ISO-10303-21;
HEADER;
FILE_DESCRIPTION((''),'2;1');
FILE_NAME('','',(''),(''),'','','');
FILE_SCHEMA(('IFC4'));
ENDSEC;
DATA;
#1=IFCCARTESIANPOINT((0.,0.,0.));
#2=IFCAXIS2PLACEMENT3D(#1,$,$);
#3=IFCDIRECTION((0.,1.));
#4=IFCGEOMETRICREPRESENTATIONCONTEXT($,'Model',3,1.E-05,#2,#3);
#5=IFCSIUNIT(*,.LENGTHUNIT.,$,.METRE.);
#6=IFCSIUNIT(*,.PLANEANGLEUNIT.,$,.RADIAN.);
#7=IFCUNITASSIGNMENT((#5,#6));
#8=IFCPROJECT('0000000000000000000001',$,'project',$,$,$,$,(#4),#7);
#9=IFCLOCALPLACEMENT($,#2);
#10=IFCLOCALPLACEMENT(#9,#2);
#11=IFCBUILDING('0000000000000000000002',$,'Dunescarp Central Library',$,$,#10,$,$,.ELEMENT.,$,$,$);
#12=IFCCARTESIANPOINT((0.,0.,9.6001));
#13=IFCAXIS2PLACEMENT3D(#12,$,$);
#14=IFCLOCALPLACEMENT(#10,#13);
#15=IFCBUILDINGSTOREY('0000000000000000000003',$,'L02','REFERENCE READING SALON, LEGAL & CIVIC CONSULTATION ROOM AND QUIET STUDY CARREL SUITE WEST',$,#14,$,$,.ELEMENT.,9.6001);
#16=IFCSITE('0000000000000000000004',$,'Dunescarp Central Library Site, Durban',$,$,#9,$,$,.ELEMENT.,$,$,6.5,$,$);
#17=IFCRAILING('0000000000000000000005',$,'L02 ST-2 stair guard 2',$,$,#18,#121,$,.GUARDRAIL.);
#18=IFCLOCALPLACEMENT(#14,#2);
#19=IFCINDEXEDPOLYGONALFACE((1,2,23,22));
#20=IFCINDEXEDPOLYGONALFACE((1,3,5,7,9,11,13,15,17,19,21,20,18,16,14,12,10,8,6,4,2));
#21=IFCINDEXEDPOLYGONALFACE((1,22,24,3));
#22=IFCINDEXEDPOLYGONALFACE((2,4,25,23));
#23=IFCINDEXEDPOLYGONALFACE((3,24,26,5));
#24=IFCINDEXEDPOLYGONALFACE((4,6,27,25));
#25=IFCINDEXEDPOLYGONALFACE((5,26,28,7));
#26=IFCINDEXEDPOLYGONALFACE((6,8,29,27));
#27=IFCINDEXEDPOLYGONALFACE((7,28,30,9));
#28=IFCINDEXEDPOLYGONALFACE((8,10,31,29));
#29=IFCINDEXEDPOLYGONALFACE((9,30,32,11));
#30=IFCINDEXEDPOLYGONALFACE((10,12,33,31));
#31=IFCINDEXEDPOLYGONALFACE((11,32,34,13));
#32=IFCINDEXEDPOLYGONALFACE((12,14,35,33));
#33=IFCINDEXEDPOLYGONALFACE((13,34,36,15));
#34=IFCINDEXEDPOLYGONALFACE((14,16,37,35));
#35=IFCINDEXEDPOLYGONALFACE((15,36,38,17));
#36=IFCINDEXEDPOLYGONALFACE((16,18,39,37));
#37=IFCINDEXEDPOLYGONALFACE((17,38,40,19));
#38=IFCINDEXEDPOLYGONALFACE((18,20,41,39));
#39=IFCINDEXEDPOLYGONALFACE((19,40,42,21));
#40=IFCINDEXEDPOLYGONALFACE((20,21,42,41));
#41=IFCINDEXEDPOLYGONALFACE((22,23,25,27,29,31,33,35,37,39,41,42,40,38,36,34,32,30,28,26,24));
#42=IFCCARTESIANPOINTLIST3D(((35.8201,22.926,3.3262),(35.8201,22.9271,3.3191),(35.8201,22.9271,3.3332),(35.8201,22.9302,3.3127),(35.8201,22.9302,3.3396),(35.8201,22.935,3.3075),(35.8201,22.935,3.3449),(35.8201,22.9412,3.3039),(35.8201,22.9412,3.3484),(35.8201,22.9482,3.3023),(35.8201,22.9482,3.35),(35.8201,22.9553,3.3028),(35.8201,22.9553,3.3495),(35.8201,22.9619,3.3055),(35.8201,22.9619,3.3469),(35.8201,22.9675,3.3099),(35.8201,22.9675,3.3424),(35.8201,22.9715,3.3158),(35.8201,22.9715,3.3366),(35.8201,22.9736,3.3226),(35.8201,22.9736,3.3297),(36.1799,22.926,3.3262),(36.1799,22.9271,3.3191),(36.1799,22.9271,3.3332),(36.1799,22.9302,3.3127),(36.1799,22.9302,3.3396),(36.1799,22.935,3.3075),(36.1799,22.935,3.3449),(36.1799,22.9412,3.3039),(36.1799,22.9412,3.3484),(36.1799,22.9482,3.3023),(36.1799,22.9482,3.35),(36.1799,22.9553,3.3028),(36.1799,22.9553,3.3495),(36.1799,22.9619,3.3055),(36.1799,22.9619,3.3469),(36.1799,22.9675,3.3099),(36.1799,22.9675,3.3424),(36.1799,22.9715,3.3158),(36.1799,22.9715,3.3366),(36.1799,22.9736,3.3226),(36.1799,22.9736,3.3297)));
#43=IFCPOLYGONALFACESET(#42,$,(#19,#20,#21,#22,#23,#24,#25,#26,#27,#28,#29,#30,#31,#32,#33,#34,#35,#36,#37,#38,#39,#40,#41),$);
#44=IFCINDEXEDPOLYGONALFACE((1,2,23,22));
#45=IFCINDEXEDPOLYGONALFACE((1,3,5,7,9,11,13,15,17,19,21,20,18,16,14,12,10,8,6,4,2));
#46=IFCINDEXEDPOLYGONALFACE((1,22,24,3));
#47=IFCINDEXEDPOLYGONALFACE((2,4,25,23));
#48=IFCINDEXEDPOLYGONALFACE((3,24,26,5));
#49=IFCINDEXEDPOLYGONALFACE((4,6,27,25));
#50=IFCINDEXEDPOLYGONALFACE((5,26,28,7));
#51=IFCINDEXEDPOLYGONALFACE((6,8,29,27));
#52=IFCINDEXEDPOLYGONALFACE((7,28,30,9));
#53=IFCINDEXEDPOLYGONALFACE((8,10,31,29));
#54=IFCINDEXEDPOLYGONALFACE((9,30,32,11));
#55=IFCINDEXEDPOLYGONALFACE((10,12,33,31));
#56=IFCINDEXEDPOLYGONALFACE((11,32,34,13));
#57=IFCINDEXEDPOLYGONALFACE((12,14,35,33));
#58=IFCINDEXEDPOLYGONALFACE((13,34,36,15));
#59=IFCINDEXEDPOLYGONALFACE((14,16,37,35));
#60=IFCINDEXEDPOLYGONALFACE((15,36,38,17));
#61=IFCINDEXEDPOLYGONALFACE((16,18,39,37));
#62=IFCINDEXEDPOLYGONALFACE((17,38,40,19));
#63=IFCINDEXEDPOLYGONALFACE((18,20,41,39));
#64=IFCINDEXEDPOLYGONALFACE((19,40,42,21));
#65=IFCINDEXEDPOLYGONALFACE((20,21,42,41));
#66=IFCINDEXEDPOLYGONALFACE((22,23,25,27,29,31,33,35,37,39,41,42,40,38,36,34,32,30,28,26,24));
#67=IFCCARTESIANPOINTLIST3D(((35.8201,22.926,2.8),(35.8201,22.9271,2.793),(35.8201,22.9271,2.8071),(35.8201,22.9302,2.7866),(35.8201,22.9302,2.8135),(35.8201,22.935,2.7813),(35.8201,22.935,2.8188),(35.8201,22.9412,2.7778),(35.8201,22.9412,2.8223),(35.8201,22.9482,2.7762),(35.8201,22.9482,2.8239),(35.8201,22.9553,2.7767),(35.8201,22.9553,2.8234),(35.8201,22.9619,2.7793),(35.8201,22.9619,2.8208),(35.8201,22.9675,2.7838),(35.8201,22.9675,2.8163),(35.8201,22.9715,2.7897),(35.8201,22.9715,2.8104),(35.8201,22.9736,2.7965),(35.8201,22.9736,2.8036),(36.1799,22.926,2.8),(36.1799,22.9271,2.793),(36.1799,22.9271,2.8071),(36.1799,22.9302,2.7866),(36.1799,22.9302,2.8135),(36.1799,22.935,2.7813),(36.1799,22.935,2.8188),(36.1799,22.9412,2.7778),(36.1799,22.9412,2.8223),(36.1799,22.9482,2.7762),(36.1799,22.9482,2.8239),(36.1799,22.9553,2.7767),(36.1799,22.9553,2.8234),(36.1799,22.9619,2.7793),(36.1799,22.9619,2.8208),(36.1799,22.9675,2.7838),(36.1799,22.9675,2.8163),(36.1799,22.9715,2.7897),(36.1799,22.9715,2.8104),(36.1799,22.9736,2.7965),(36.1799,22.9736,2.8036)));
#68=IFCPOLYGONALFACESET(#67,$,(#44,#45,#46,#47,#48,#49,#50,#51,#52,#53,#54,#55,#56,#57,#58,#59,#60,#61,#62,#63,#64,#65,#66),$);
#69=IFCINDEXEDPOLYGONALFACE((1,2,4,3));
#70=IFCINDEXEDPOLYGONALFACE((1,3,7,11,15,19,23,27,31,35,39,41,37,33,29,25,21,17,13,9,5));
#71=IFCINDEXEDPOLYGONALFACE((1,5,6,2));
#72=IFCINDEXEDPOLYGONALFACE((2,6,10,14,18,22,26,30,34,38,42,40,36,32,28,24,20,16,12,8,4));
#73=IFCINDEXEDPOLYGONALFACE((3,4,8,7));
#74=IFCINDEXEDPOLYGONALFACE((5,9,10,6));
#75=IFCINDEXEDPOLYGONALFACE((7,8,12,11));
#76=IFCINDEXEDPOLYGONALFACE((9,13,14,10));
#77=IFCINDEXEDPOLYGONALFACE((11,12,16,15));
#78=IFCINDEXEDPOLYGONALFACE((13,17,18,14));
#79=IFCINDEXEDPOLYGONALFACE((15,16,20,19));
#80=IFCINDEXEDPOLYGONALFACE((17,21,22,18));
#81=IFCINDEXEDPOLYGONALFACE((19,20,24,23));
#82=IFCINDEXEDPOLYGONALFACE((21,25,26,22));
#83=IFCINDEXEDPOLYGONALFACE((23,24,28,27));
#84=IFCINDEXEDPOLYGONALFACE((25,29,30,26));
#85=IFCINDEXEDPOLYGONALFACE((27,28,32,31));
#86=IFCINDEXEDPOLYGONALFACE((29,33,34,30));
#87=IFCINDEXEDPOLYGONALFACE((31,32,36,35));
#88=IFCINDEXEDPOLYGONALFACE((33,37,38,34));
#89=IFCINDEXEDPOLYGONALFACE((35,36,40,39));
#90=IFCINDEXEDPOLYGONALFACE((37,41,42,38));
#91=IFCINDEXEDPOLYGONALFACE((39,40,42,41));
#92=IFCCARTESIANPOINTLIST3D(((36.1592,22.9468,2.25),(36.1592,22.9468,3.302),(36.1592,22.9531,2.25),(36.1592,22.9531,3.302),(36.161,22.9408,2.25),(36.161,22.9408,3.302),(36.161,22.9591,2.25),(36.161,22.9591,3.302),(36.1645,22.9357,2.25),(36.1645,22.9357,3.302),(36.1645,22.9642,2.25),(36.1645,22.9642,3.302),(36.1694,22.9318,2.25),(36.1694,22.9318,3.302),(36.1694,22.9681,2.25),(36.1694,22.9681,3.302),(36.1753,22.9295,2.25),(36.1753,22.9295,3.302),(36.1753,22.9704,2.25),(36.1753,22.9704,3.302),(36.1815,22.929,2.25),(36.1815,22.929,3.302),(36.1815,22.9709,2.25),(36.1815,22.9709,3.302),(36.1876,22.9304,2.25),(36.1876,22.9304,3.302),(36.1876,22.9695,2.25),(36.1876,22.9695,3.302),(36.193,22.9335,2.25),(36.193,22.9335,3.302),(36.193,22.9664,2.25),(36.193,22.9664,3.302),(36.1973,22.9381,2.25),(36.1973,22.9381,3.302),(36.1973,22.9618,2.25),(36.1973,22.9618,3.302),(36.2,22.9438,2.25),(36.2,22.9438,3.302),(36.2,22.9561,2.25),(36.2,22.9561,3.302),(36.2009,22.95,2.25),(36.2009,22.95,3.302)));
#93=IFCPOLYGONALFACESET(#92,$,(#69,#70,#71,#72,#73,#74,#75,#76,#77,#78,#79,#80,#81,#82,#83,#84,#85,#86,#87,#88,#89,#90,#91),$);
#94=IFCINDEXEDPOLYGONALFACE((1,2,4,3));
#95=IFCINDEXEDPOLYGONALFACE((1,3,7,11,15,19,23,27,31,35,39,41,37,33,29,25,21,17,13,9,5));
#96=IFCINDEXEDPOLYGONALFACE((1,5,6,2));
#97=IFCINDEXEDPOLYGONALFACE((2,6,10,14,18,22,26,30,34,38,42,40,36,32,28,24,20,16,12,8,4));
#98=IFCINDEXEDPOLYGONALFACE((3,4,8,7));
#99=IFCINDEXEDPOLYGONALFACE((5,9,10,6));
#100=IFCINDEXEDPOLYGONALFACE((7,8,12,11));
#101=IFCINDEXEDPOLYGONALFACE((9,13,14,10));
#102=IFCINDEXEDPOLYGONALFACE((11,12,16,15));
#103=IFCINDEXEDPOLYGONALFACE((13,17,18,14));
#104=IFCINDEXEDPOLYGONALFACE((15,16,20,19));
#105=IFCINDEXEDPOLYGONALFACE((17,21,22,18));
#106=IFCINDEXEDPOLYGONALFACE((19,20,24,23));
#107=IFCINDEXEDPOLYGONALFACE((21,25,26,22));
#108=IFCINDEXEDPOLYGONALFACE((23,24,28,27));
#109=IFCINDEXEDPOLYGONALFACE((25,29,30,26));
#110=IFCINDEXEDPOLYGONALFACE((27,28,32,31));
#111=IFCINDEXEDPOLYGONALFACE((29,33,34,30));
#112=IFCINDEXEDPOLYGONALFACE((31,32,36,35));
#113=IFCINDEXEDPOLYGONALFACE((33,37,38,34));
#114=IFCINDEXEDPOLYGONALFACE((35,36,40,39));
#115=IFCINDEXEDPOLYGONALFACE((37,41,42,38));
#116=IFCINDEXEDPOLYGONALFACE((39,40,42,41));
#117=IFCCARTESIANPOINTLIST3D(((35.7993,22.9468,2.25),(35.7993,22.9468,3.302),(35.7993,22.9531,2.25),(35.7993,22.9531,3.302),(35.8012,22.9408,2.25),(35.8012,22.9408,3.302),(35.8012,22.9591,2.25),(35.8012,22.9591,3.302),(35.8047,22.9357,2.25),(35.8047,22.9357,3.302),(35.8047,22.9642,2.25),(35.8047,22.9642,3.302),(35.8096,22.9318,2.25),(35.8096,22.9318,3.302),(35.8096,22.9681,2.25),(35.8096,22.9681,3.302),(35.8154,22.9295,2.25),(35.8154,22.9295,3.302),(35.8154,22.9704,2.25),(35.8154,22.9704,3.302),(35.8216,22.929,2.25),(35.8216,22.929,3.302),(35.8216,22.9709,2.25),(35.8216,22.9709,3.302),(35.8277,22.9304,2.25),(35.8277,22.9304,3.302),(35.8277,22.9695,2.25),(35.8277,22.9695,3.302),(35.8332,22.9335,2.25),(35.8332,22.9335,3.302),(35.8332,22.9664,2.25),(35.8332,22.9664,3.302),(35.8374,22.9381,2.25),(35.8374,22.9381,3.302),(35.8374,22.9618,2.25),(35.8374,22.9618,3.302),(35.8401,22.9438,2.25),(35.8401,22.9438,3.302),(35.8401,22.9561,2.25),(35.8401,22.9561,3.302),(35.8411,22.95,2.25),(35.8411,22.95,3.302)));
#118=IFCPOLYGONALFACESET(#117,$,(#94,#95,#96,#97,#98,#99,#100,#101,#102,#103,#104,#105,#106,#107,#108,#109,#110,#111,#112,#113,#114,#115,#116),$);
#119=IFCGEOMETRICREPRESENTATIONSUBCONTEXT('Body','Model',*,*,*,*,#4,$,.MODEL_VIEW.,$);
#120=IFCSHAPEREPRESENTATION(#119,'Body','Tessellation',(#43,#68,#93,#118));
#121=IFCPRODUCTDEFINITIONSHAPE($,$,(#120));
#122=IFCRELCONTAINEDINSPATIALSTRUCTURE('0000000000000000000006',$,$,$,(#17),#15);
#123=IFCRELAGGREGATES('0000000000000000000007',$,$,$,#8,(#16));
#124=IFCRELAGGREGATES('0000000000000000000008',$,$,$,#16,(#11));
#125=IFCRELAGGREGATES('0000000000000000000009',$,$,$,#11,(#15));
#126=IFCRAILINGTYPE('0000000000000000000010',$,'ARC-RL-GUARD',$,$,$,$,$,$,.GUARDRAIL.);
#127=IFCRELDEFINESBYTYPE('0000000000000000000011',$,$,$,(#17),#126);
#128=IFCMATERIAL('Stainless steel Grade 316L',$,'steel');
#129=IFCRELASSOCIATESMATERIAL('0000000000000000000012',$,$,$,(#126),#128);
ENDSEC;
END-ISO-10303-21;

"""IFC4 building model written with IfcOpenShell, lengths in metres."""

from ifc_helpers import new_model, si_unit, direction, frame, origin, origin_2d, place, context, subcontext, project, spatial, circle, extrude, material, type_object, element, save


model = new_model("IFC4")

# Units and contexts
model_context = context("Model", 3, precision=1e-05, world=origin(), true_north=direction((0.0, 1.0)))
body_context = subcontext(model_context, "Body", "Model", "MODEL_VIEW")
ifc_project = project(units=[si_unit("LENGTHUNIT", "METRE"), si_unit("PLANEANGLEUNIT", "RADIAN")], contexts=[model_context])

# Site, building, storey
site_placement = place(None, origin())
site = spatial("IfcSite", under=ifc_project, at=site_placement, Name="Dunescarp Central Library Site, Durban", CompositionType="ELEMENT", RefElevation=6.5)
building_placement = place(site_placement, origin())
building = spatial("IfcBuilding", under=site, at=building_placement, Name="Dunescarp Central Library", CompositionType="ELEMENT")
storey_placement = place(building_placement, frame((0.0, 0.0, 9.6001)))
storey = spatial("IfcBuildingStorey", under=building, at=storey_placement, Name="L02", Description="REFERENCE READING SALON, LEGAL & CIVIC CONSULTATION ROOM AND QUIET STUDY CARREL SUITE WEST", CompositionType="ELEMENT", Elevation=9.6001)

# Railing
ifc_material_1 = material(Name="Stainless steel Grade 316L", Category="steel")
railing_type_1 = type_object("IfcRailingType", Name="ARC-RL-GUARD", PredefinedType="GUARDRAIL", material=ifc_material_1)
railing_1_placement = place(storey_placement, frame((36.1799, 22.95, 2.25)))
element("IfcRailing", 1, at=railing_1_placement, inside=storey, type_object=railing_type_1, Name="L02 ST-2 stair guard 2", PredefinedType="GUARDRAIL", context=body_context, shape_type="SweptSolid", body=[
    extrude(circle(Radius=0.0239, at=origin_2d()), frame((0.0, 0.0, 1.0762), z_axis=(-1.0, 0.0, 0.0), x_axis=(0.0, -1.0, 0.0)), (0.0, 0.0, 1.0), 0.3599),
    extrude(circle(Radius=0.0239, at=origin_2d()), frame((0.0, 0.0, 0.55), z_axis=(-1.0, 0.0, 0.0), x_axis=(0.0, -1.0, 0.0)), (0.0, 0.0, 1.0), 0.3599),
    extrude(circle(Radius=0.021, at=origin_2d()), origin(), (0.0, 0.0, 1.0), 1.052),
    extrude(circle(Radius=0.021, at=origin_2d()), frame((-0.3599, 0.0, 0.0)), (0.0, 0.0, 1.0), 1.052),
])

save(model, "model.ifc")
